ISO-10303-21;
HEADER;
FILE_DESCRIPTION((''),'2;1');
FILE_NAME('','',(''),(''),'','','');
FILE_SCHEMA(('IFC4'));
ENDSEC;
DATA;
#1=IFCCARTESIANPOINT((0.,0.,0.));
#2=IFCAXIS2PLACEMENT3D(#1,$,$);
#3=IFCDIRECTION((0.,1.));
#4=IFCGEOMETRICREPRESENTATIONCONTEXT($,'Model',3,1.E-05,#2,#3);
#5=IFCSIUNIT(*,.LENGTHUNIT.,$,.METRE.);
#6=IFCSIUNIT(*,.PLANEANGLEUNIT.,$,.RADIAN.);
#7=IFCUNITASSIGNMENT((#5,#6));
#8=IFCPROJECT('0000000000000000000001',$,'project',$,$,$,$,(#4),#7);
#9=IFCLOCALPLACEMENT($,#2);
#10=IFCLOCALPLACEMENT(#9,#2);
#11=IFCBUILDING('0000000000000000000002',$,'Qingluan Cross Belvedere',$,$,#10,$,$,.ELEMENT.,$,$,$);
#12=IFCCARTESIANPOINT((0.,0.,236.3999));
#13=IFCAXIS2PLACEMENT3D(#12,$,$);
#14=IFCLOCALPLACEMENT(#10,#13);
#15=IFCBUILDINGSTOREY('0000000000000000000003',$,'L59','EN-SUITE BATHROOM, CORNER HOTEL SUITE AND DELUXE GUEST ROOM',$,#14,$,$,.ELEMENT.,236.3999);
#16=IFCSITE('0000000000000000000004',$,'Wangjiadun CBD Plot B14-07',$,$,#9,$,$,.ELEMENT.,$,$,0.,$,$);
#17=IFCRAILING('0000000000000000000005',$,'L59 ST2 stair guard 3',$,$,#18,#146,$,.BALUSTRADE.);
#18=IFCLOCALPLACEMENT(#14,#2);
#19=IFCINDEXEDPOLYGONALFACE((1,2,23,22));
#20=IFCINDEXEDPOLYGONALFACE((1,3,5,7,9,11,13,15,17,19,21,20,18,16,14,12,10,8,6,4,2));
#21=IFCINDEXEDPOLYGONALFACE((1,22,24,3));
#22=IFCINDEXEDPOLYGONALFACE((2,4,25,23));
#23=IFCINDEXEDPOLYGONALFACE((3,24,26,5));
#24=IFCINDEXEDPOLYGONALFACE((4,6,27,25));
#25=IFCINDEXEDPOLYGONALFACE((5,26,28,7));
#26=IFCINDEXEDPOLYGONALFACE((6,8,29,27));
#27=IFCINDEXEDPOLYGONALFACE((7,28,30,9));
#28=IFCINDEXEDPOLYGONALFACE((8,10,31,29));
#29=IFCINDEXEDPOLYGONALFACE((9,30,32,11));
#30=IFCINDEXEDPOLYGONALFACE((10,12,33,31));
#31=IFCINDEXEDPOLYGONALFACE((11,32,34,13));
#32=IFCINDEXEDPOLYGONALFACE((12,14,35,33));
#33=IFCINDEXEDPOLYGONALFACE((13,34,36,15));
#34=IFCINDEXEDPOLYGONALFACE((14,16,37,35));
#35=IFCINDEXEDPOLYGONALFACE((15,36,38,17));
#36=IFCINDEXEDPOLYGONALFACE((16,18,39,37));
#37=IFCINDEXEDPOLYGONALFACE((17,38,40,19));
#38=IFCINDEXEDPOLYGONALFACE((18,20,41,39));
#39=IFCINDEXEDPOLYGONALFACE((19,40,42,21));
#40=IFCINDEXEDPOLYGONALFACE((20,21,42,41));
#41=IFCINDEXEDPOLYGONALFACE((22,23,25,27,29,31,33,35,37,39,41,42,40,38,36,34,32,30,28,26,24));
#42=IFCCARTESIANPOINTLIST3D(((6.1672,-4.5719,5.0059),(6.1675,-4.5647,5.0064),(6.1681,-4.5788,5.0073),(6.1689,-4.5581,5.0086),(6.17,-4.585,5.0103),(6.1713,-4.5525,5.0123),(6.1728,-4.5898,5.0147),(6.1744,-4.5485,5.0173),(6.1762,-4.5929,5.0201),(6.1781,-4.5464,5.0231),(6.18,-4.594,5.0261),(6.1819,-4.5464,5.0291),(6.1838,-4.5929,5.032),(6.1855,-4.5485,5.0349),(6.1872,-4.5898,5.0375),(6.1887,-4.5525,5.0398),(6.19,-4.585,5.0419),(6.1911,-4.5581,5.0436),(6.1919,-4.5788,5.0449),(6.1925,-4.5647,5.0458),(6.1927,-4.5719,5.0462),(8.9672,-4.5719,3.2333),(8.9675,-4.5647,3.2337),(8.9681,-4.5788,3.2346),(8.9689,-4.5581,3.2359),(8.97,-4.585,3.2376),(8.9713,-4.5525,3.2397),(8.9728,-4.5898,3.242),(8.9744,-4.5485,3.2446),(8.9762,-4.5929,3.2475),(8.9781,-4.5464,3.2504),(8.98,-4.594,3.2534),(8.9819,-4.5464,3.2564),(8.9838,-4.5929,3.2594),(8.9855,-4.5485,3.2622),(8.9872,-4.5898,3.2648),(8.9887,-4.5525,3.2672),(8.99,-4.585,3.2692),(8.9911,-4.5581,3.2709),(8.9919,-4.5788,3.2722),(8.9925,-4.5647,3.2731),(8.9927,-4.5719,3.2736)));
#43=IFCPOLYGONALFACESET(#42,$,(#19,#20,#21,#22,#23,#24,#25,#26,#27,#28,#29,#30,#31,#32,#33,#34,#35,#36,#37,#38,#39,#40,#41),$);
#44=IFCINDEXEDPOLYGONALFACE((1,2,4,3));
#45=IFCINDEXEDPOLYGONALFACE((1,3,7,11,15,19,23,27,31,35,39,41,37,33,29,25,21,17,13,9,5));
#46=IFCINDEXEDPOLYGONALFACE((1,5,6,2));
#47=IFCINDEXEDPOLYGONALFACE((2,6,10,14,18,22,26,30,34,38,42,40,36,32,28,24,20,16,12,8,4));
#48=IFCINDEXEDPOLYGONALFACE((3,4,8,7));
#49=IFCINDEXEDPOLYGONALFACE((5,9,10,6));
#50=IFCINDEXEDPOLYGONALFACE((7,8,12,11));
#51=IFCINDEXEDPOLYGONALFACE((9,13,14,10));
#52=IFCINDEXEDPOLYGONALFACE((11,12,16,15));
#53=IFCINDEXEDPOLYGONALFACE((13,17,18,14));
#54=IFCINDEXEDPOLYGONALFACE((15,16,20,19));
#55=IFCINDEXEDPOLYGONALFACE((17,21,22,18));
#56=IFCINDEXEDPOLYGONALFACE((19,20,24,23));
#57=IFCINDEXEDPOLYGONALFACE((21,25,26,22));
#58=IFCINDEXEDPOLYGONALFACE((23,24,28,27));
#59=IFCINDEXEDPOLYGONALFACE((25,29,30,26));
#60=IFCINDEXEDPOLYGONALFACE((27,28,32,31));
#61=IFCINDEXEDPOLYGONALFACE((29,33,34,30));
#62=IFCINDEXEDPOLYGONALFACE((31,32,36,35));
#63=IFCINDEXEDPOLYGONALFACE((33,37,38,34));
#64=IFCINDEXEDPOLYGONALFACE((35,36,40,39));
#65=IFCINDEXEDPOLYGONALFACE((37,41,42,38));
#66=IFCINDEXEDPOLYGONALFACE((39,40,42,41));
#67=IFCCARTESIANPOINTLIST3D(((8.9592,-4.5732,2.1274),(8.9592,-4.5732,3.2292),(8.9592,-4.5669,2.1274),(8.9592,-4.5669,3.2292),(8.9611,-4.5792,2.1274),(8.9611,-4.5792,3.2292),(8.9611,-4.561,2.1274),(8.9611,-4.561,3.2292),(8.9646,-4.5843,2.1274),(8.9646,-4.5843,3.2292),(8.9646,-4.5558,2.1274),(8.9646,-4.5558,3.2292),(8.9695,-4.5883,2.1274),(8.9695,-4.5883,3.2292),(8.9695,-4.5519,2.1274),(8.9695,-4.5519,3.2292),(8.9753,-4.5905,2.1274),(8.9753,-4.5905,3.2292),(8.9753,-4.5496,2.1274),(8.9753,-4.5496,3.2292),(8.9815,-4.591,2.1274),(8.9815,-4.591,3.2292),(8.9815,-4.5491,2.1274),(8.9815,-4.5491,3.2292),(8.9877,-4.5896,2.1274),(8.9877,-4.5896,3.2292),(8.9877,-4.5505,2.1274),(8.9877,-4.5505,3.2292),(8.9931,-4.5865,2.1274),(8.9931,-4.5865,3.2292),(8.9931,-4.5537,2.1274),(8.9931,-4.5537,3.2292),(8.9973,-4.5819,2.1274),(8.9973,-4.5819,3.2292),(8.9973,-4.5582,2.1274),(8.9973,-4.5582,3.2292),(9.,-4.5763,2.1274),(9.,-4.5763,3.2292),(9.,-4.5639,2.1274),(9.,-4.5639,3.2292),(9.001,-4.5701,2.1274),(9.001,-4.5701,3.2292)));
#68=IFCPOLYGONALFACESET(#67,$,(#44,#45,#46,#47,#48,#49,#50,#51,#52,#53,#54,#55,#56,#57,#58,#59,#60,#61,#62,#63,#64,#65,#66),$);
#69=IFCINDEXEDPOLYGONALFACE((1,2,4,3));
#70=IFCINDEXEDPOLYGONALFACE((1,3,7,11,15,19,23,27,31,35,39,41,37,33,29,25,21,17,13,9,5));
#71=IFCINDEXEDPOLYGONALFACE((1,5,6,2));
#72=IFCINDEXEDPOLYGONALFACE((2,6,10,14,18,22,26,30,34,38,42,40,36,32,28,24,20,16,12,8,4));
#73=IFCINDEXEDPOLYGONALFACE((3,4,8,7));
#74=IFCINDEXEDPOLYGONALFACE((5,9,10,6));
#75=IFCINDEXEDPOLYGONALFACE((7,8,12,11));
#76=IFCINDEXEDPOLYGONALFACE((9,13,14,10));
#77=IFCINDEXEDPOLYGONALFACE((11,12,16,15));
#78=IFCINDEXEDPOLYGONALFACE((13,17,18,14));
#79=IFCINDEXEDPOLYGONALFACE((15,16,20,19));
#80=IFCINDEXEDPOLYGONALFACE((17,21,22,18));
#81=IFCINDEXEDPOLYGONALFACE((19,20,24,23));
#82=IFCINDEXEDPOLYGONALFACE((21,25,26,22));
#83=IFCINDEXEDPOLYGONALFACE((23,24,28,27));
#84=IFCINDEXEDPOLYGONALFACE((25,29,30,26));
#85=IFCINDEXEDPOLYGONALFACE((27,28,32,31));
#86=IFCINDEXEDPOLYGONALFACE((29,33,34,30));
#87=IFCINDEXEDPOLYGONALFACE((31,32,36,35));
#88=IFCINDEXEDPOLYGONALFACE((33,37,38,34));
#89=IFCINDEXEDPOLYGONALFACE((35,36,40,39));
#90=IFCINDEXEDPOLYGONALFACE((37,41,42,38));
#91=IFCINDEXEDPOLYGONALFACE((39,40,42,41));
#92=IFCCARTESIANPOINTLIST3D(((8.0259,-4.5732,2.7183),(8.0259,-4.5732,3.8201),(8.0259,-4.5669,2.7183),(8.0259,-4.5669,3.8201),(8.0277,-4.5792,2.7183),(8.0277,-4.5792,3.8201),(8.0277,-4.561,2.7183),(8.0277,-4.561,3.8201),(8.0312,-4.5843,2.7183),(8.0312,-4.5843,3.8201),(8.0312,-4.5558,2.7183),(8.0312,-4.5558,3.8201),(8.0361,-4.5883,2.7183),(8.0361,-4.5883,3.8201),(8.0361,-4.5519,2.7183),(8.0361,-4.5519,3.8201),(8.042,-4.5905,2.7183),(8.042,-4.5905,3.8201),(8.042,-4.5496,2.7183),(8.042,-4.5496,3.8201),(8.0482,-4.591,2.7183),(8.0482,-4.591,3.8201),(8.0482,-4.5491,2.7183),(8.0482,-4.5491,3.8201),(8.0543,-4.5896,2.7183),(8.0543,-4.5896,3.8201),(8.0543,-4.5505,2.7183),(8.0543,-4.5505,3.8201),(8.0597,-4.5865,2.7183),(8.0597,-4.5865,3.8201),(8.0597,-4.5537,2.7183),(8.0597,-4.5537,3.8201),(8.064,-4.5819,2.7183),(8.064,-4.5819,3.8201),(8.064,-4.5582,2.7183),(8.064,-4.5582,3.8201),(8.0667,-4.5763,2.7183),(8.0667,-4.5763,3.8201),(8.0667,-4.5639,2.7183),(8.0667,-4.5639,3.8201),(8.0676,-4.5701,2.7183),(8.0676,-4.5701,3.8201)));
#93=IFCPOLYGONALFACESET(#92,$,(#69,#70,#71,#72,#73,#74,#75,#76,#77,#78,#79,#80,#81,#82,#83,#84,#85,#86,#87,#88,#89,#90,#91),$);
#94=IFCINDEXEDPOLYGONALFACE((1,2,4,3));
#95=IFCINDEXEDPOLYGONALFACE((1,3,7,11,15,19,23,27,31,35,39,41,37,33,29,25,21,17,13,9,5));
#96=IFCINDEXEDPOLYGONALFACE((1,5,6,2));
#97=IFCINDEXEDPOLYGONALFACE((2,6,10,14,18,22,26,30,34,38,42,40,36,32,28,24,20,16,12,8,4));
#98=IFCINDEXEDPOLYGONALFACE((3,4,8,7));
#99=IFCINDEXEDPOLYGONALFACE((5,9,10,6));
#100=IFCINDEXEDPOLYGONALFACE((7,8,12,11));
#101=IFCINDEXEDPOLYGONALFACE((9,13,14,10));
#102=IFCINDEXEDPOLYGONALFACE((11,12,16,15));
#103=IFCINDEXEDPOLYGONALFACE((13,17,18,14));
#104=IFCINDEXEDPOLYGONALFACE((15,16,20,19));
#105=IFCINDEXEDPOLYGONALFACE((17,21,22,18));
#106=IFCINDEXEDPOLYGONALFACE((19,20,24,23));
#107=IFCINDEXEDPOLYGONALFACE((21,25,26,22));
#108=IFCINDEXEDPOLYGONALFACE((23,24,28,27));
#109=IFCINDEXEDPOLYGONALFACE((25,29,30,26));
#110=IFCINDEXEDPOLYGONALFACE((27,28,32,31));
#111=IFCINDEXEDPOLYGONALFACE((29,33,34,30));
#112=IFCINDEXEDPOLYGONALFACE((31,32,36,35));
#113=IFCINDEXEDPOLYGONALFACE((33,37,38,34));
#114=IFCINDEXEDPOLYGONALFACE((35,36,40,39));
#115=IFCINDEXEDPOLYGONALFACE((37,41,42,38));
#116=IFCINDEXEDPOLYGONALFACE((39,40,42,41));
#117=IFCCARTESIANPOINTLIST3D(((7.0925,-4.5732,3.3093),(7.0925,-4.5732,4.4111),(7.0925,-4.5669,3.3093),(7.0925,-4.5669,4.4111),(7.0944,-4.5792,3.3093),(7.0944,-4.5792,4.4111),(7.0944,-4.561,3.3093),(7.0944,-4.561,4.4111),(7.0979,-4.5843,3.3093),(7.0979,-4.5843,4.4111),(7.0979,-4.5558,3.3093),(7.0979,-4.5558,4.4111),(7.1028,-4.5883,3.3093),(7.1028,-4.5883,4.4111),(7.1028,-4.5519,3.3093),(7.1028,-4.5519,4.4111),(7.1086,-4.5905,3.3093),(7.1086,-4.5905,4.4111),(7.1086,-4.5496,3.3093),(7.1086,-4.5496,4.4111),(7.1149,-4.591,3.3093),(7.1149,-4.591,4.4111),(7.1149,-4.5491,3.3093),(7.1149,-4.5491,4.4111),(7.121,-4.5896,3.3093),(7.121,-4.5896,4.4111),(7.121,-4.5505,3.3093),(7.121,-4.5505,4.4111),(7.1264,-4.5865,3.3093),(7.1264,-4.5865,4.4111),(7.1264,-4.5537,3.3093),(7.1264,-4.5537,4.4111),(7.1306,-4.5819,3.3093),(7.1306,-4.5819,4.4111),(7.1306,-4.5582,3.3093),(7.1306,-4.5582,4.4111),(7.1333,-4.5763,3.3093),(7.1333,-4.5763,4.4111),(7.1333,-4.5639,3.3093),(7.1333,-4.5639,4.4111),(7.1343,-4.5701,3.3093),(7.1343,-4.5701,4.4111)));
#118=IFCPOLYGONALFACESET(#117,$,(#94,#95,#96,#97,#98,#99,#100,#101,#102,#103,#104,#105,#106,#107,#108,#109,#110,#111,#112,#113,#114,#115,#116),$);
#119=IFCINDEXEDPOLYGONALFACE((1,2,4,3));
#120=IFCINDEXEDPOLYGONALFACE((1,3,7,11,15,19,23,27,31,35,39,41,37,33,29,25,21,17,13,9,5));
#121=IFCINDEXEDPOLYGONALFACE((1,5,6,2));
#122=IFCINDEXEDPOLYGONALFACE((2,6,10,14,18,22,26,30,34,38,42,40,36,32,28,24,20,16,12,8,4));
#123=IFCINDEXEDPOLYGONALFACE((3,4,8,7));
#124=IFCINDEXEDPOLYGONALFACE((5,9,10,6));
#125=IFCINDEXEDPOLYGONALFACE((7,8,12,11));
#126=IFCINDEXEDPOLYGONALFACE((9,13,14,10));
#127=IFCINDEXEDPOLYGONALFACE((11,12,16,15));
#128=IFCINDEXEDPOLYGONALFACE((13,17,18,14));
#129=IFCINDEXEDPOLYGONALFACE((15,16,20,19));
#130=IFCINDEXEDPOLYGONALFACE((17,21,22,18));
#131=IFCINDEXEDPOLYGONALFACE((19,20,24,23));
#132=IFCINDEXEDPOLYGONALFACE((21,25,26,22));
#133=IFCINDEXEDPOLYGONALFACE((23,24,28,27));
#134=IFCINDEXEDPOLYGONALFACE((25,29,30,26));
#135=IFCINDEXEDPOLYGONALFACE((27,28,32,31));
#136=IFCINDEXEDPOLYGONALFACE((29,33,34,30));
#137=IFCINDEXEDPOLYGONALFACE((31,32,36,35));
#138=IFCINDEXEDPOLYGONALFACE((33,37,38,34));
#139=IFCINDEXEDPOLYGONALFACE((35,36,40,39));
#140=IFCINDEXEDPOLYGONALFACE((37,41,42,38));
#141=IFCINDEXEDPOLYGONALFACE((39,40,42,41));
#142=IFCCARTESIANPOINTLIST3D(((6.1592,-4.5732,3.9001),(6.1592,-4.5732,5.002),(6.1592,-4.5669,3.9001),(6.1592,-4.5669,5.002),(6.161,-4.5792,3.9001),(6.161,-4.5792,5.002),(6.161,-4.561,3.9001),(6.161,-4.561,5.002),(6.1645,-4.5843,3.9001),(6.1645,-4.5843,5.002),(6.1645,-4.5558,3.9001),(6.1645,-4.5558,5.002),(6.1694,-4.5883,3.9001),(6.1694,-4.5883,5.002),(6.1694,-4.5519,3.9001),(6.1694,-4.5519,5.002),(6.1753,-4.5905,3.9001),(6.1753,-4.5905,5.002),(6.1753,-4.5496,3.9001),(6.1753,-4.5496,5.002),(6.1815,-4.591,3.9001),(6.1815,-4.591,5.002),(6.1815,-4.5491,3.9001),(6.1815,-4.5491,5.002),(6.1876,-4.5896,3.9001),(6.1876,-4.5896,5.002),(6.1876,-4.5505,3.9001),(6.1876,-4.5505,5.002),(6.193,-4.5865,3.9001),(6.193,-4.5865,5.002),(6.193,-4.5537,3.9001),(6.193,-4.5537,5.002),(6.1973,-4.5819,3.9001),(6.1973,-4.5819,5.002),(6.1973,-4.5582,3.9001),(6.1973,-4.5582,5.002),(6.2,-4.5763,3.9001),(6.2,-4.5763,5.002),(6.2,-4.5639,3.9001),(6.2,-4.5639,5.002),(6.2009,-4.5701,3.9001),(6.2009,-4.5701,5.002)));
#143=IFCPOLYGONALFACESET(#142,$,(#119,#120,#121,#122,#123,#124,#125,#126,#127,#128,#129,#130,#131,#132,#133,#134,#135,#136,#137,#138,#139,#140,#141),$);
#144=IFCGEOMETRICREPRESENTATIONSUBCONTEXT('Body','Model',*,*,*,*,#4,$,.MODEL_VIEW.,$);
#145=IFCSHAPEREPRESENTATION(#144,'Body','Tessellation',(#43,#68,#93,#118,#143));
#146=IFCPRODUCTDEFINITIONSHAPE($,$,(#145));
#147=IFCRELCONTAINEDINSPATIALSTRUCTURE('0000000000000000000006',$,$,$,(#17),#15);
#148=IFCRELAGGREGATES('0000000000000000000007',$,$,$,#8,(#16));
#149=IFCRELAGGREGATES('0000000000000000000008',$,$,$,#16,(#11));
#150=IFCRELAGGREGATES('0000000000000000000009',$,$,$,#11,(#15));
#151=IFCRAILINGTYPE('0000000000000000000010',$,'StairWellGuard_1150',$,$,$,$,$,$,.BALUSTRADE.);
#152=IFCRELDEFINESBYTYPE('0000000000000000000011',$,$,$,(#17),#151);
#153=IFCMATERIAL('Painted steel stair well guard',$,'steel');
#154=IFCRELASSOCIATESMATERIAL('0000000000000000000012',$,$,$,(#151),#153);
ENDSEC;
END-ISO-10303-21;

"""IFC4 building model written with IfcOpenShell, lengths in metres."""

from ifc_helpers import new_model, si_unit, direction, frame, origin, origin_2d, place, context, subcontext, project, spatial, circle, extrude, material, type_object, element, save


model = new_model("IFC4")

# Units and contexts
model_context = context("Model", 3, precision=1e-05, world=origin(), true_north=direction((0.0, 1.0)))
body_context = subcontext(model_context, "Body", "Model", "MODEL_VIEW")
ifc_project = project(units=[si_unit("LENGTHUNIT", "METRE"), si_unit("PLANEANGLEUNIT", "RADIAN")], contexts=[model_context])

# Site, building, storey
site_placement = place(None, origin())
site = spatial("IfcSite", under=ifc_project, at=site_placement, Name="Wangjiadun CBD Plot B14-07", CompositionType="ELEMENT", RefElevation=0.0)
building_placement = place(site_placement, origin())
building = spatial("IfcBuilding", under=site, at=building_placement, Name="Qingluan Cross Belvedere", CompositionType="ELEMENT")
storey_placement = place(building_placement, frame((0.0, 0.0, 236.3999)))
storey = spatial("IfcBuildingStorey", under=building, at=storey_placement, Name="L59", Description="EN-SUITE BATHROOM, CORNER HOTEL SUITE AND DELUXE GUEST ROOM", CompositionType="ELEMENT", Elevation=236.3999)

# Railing
ifc_material_1 = material(Name="Painted steel stair well guard", Category="steel")
railing_type_1 = type_object("IfcRailingType", Name="StairWellGuard_1150", PredefinedType="BALUSTRADE", material=ifc_material_1)
railing_1_placement = place(storey_placement, frame((8.98, -4.5701, 2.1274)))
element("IfcRailing", 1, at=railing_1_placement, inside=storey, type_object=railing_type_1, Name="L59 ST2 stair guard 3", PredefinedType="BALUSTRADE", context=body_context, shape_type="SweptSolid", body=[
    extrude(circle(Radius=0.0239, at=origin_2d()), frame((0.0, 0.0, 1.126), z_axis=(-0.844909, 0.0, 0.53491), x_axis=(0.0, -1.0, 0.0)), (0.0, 0.0, 1.0), 3.314),
    extrude(circle(Radius=0.021, at=origin_2d()), origin(), (0.0, 0.0, 1.0), 1.1018),
    extrude(circle(Radius=0.021, at=origin_2d()), frame((-0.9333, 0.0, 0.5908)), (0.0, 0.0, 1.0), 1.1018),
    extrude(circle(Radius=0.021, at=origin_2d()), frame((-1.8667, 0.0, 1.1819)), (0.0, 0.0, 1.0), 1.1018),
    extrude(circle(Radius=0.021, at=origin_2d()), frame((-2.8, 0.0, 1.7727)), (0.0, 0.0, 1.0), 1.1018),
])

save(model, "model.ifc")
